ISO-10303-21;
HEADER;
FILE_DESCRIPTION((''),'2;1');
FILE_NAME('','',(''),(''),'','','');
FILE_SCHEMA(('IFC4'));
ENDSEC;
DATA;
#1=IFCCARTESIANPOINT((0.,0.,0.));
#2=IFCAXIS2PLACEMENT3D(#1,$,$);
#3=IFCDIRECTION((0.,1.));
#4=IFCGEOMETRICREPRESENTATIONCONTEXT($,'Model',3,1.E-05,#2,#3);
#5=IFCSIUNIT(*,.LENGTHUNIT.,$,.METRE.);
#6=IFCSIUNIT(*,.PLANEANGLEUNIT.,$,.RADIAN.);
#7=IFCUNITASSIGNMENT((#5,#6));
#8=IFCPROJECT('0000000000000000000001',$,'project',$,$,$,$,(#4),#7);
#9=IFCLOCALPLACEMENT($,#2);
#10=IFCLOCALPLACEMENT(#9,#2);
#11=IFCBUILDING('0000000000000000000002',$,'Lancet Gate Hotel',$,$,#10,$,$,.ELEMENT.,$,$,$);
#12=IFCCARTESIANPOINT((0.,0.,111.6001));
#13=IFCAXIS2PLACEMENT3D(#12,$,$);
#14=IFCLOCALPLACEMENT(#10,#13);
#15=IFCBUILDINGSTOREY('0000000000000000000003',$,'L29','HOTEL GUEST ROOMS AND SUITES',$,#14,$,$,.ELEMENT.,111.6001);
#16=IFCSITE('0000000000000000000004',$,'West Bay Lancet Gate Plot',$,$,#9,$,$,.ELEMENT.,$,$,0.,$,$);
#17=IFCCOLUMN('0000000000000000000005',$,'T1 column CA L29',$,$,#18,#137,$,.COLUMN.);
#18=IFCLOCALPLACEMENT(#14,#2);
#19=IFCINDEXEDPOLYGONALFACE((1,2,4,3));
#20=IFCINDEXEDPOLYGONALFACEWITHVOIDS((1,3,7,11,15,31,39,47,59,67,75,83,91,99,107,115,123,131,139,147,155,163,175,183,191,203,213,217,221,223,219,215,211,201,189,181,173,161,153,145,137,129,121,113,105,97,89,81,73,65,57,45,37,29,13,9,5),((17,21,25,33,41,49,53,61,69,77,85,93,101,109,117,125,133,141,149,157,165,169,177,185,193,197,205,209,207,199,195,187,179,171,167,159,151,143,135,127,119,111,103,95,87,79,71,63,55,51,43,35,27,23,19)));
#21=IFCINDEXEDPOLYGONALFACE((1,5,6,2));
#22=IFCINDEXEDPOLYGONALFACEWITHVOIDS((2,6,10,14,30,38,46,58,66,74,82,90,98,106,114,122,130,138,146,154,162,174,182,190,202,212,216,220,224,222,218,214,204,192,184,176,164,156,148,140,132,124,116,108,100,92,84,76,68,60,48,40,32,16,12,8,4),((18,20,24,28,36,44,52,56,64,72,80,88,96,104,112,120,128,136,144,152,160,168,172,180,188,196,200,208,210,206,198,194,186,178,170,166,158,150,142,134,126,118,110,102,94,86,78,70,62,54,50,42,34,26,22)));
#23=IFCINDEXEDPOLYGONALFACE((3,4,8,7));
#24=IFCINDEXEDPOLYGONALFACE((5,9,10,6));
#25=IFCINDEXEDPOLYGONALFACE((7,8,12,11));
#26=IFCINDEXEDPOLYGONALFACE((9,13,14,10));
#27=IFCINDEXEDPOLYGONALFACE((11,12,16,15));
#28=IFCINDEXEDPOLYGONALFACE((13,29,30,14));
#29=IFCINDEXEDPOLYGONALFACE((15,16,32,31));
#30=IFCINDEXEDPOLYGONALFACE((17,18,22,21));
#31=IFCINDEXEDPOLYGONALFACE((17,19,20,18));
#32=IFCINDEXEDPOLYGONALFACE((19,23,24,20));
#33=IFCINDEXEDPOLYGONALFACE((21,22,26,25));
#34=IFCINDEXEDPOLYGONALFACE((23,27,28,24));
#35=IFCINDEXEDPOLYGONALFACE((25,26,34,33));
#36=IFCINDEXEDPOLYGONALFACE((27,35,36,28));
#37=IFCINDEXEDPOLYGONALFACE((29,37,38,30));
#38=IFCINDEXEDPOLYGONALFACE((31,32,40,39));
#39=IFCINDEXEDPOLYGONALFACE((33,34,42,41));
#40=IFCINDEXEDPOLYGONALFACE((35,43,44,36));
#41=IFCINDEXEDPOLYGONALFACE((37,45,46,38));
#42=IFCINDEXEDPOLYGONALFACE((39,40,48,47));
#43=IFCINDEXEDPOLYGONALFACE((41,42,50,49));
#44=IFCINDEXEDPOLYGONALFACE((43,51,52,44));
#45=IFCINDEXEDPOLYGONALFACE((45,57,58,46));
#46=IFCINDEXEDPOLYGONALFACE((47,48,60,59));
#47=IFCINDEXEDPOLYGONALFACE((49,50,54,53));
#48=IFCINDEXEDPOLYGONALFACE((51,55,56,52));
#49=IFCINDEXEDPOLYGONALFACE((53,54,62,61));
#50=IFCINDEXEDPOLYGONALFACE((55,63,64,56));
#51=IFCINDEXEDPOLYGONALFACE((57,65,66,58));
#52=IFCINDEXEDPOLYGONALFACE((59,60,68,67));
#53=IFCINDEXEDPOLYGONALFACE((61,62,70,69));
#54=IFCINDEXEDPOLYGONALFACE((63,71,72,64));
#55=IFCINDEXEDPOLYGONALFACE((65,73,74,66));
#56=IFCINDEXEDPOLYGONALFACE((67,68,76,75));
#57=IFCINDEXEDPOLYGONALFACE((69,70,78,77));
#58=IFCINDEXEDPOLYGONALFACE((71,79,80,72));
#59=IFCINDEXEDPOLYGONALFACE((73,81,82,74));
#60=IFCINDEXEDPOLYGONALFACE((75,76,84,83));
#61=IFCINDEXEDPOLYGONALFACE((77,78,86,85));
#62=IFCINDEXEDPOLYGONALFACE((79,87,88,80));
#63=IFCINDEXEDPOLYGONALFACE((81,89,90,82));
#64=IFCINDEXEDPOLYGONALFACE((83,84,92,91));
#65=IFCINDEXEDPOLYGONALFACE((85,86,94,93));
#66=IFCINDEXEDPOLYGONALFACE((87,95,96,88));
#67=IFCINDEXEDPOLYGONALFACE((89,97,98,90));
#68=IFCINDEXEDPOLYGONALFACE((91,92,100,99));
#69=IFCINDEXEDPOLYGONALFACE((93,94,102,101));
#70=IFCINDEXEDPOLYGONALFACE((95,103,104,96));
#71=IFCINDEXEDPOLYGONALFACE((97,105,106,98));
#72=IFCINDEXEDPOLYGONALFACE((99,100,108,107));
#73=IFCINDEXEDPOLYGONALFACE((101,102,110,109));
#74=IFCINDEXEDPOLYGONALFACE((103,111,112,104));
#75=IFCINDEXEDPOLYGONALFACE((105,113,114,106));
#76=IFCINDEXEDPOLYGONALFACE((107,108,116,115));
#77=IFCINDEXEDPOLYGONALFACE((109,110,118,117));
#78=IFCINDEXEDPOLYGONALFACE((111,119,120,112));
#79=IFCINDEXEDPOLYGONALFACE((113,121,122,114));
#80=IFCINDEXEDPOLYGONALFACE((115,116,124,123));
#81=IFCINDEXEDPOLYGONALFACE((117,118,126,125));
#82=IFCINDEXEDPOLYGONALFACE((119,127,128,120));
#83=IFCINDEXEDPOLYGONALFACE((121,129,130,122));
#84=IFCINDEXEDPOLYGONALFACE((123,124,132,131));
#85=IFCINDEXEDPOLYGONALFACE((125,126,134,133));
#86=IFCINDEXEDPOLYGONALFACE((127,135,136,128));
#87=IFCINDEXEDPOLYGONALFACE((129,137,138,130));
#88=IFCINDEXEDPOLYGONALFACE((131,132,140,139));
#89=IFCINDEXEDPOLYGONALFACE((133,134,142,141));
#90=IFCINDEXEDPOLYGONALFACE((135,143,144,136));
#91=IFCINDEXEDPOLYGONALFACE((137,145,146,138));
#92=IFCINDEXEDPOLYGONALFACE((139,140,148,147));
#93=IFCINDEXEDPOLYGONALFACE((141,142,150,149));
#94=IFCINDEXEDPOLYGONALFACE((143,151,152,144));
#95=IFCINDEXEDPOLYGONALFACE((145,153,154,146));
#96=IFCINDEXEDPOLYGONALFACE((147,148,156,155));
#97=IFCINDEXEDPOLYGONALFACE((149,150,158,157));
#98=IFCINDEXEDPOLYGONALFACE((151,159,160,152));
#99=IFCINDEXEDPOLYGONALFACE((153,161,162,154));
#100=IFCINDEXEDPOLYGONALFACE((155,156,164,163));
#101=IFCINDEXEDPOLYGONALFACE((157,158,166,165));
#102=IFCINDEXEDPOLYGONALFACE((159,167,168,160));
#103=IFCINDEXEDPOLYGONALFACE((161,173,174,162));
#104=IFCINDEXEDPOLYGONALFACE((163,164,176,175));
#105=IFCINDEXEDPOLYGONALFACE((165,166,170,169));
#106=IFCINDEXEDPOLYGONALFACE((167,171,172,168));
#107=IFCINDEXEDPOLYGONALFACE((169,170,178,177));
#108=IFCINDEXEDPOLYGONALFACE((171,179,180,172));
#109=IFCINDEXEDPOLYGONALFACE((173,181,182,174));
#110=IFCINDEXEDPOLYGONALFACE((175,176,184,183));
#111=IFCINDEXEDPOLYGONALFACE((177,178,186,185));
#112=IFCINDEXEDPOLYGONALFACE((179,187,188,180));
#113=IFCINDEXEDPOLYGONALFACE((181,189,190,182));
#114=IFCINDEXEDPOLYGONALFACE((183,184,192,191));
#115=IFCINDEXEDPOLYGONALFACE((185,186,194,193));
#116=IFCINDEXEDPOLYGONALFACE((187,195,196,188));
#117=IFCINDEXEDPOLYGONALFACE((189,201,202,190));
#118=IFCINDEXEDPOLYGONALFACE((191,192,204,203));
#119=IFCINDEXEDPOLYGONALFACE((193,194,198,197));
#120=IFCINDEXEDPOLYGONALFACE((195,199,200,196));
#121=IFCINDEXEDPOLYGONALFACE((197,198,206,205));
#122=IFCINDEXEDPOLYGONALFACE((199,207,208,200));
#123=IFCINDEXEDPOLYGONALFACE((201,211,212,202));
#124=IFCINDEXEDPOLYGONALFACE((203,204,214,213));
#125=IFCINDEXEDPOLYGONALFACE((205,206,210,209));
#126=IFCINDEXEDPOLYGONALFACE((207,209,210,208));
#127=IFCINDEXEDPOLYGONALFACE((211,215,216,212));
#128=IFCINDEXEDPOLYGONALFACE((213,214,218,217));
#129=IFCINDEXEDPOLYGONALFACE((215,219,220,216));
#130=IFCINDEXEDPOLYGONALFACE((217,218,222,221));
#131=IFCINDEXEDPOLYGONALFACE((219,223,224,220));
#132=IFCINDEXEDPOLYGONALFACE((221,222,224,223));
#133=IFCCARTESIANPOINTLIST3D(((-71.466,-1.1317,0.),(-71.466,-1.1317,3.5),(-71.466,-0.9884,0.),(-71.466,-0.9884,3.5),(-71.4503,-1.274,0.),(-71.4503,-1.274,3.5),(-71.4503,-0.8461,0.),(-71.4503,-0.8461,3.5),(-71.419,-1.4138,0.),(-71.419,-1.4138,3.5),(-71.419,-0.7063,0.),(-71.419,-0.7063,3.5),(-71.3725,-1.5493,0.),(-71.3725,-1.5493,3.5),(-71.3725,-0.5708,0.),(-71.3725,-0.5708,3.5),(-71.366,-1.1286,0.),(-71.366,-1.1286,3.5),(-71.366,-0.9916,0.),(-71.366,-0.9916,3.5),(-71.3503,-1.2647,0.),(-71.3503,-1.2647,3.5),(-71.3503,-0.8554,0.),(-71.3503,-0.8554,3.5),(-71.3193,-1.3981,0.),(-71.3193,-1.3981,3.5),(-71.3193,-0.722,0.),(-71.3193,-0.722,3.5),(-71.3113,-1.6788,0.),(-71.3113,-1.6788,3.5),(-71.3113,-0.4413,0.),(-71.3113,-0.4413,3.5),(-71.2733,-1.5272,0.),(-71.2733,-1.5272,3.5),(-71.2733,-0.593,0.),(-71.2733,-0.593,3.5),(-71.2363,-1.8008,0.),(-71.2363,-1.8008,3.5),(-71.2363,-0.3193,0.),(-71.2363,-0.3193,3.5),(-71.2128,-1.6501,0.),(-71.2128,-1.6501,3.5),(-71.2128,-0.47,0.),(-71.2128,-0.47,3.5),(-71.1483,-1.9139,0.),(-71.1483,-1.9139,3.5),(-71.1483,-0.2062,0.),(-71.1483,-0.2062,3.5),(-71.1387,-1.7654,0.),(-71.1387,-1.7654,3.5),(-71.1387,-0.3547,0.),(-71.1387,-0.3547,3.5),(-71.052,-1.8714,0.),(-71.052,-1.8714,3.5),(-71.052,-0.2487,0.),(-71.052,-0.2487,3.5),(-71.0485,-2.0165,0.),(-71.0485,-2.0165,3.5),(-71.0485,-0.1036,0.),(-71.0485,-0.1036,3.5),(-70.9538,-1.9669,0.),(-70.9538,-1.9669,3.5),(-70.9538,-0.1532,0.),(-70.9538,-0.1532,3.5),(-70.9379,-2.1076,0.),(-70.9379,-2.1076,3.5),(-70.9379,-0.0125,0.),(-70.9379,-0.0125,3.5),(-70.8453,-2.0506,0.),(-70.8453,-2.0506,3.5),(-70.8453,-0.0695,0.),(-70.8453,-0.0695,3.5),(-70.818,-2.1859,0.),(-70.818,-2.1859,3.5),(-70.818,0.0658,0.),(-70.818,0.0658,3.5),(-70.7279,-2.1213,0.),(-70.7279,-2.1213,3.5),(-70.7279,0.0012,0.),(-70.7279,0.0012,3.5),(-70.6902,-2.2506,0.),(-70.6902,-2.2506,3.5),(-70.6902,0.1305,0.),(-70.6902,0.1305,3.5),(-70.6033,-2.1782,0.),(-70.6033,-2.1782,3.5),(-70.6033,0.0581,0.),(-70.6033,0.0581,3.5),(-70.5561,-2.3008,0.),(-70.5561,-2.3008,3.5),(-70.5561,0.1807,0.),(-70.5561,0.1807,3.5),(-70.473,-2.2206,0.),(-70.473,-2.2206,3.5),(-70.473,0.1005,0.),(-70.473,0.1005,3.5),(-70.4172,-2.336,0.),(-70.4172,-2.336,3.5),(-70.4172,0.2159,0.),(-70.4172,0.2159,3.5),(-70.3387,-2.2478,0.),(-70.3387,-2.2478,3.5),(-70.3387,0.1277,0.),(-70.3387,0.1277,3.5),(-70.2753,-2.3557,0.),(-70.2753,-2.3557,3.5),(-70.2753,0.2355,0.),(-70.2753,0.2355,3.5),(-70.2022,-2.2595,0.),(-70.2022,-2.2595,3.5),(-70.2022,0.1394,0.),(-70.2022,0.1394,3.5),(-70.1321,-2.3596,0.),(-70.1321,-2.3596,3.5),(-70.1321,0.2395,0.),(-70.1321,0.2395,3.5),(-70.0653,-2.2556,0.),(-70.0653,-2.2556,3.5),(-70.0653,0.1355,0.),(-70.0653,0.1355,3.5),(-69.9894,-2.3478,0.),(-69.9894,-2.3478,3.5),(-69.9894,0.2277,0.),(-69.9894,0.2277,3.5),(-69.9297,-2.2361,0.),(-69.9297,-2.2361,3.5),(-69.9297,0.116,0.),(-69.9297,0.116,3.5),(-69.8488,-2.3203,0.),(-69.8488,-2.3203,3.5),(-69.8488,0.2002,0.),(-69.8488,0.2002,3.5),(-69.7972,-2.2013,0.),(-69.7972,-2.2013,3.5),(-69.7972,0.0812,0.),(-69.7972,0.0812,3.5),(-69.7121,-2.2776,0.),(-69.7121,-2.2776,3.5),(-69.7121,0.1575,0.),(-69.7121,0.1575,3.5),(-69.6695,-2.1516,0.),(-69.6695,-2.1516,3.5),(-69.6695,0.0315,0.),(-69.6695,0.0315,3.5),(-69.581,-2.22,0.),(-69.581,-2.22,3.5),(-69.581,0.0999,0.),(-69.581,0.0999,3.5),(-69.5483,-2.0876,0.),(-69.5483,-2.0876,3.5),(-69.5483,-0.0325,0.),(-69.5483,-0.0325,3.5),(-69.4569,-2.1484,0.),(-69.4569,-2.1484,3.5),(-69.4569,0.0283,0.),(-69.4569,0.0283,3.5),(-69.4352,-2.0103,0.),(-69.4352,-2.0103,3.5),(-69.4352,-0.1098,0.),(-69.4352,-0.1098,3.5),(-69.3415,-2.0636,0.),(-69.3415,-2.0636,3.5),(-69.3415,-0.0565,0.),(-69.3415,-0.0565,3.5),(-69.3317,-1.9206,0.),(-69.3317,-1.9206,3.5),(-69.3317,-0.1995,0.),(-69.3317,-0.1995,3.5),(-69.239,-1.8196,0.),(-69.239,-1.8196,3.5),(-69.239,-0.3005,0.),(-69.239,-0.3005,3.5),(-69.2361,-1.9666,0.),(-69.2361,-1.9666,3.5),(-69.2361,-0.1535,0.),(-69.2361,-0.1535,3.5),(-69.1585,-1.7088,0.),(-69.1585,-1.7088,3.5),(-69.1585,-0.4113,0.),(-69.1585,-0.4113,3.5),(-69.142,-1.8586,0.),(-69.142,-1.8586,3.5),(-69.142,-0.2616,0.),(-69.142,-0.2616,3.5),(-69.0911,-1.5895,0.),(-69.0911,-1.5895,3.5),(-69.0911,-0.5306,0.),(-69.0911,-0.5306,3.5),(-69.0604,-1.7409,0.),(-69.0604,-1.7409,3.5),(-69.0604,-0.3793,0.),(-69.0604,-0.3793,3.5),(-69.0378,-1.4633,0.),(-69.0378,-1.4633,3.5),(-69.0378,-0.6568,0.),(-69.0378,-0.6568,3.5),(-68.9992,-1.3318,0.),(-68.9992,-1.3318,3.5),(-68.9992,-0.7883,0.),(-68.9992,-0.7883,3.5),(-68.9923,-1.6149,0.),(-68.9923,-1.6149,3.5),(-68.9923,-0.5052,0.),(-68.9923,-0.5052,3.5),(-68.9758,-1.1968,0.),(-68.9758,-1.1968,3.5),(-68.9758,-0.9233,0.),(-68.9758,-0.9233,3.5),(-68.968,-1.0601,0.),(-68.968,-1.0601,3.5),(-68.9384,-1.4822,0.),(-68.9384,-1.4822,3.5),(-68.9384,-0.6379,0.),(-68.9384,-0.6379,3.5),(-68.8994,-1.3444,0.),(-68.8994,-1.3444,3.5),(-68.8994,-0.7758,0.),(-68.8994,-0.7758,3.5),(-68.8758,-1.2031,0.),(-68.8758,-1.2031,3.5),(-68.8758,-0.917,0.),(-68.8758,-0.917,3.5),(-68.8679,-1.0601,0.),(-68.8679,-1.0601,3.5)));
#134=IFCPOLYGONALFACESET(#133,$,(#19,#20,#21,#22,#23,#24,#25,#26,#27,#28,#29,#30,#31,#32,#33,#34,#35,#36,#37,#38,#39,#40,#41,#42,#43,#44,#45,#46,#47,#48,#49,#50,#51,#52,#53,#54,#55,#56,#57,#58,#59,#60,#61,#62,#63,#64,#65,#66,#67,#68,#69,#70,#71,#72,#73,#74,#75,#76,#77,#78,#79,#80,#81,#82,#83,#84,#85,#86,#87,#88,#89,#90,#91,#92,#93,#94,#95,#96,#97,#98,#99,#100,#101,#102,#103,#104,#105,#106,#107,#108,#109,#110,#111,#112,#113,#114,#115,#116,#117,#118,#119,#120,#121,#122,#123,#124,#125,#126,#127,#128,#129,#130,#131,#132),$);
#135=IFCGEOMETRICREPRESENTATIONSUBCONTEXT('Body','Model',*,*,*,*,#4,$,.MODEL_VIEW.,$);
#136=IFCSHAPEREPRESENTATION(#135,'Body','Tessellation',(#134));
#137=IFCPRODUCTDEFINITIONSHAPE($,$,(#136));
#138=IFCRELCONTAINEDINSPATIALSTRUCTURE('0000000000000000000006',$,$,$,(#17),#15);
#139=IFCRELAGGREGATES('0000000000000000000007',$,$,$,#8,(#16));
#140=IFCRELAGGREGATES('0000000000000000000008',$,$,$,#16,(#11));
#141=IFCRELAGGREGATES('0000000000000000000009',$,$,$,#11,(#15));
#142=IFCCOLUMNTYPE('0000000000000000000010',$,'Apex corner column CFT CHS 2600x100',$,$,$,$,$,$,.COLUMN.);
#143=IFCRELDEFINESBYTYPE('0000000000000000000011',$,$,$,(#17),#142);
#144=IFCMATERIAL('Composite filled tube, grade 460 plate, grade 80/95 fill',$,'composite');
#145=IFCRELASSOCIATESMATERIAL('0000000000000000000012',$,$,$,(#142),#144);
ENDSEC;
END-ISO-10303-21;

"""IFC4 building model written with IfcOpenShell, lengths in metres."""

from ifc_helpers import new_model, si_unit, direction, frame, origin, origin_2d, place, context, subcontext, project, spatial, hollow_circle, extrude, material, material_profile, profile_set, type_object, element, save


model = new_model("IFC4")

# Units and contexts
model_context = context("Model", 3, precision=1e-05, world=origin(), true_north=direction((0.0, 1.0)))
body_context = subcontext(model_context, "Body", "Model", "MODEL_VIEW")
ifc_project = project(units=[si_unit("LENGTHUNIT", "METRE"), si_unit("PLANEANGLEUNIT", "RADIAN")], contexts=[model_context])

# Site, building, storey
site_placement = place(None, origin())
site = spatial("IfcSite", under=ifc_project, at=site_placement, Name="West Bay Lancet Gate Plot", CompositionType="ELEMENT", RefElevation=0.0)
building_placement = place(site_placement, origin())
building = spatial("IfcBuilding", under=site, at=building_placement, Name="Lancet Gate Hotel", CompositionType="ELEMENT")
storey_placement = place(building_placement, frame((0.0, 0.0, 111.6001)))
storey = spatial("IfcBuildingStorey", under=building, at=storey_placement, Name="L29", Description="HOTEL GUEST ROOMS AND SUITES", CompositionType="ELEMENT", Elevation=111.6001)

# Column
ifc_material_1 = material(Name="Composite filled tube, grade 460 plate, grade 80/95 fill", Category="composite")
ifc_material_profile_1 = material_profile(ifc_material_1, hollow_circle(Radius=1.3, WallThickness=0.1001, at=origin_2d()), Name="CHS 2600x100")
ifc_profile_set_1 = profile_set([ifc_material_profile_1], Name="Composite filled tube, grade 460 plate, grade 80/95 fill")
column_type_1 = type_object("IfcColumnType", Name="Apex corner column CFT CHS 2600x100", PredefinedType="COLUMN", material=ifc_profile_set_1)
column_1_placement = place(storey_placement, frame((-70.168, -1.0601, 0.0), z_axis=(0.0, 0.0, 1.0), x_axis=(1.0, 0.0, 0.0)))
element("IfcColumn", 1, at=column_1_placement, inside=storey, type_object=column_type_1, Name="T1 column CA L29", PredefinedType="COLUMN", context=body_context, shape_type="SweptSolid", body=[
    extrude(hollow_circle(Radius=1.3, WallThickness=0.1001, at=origin_2d()), origin(), (0.0, 0.0, 1.0), 3.5),
])

save(model, "model.ifc")
